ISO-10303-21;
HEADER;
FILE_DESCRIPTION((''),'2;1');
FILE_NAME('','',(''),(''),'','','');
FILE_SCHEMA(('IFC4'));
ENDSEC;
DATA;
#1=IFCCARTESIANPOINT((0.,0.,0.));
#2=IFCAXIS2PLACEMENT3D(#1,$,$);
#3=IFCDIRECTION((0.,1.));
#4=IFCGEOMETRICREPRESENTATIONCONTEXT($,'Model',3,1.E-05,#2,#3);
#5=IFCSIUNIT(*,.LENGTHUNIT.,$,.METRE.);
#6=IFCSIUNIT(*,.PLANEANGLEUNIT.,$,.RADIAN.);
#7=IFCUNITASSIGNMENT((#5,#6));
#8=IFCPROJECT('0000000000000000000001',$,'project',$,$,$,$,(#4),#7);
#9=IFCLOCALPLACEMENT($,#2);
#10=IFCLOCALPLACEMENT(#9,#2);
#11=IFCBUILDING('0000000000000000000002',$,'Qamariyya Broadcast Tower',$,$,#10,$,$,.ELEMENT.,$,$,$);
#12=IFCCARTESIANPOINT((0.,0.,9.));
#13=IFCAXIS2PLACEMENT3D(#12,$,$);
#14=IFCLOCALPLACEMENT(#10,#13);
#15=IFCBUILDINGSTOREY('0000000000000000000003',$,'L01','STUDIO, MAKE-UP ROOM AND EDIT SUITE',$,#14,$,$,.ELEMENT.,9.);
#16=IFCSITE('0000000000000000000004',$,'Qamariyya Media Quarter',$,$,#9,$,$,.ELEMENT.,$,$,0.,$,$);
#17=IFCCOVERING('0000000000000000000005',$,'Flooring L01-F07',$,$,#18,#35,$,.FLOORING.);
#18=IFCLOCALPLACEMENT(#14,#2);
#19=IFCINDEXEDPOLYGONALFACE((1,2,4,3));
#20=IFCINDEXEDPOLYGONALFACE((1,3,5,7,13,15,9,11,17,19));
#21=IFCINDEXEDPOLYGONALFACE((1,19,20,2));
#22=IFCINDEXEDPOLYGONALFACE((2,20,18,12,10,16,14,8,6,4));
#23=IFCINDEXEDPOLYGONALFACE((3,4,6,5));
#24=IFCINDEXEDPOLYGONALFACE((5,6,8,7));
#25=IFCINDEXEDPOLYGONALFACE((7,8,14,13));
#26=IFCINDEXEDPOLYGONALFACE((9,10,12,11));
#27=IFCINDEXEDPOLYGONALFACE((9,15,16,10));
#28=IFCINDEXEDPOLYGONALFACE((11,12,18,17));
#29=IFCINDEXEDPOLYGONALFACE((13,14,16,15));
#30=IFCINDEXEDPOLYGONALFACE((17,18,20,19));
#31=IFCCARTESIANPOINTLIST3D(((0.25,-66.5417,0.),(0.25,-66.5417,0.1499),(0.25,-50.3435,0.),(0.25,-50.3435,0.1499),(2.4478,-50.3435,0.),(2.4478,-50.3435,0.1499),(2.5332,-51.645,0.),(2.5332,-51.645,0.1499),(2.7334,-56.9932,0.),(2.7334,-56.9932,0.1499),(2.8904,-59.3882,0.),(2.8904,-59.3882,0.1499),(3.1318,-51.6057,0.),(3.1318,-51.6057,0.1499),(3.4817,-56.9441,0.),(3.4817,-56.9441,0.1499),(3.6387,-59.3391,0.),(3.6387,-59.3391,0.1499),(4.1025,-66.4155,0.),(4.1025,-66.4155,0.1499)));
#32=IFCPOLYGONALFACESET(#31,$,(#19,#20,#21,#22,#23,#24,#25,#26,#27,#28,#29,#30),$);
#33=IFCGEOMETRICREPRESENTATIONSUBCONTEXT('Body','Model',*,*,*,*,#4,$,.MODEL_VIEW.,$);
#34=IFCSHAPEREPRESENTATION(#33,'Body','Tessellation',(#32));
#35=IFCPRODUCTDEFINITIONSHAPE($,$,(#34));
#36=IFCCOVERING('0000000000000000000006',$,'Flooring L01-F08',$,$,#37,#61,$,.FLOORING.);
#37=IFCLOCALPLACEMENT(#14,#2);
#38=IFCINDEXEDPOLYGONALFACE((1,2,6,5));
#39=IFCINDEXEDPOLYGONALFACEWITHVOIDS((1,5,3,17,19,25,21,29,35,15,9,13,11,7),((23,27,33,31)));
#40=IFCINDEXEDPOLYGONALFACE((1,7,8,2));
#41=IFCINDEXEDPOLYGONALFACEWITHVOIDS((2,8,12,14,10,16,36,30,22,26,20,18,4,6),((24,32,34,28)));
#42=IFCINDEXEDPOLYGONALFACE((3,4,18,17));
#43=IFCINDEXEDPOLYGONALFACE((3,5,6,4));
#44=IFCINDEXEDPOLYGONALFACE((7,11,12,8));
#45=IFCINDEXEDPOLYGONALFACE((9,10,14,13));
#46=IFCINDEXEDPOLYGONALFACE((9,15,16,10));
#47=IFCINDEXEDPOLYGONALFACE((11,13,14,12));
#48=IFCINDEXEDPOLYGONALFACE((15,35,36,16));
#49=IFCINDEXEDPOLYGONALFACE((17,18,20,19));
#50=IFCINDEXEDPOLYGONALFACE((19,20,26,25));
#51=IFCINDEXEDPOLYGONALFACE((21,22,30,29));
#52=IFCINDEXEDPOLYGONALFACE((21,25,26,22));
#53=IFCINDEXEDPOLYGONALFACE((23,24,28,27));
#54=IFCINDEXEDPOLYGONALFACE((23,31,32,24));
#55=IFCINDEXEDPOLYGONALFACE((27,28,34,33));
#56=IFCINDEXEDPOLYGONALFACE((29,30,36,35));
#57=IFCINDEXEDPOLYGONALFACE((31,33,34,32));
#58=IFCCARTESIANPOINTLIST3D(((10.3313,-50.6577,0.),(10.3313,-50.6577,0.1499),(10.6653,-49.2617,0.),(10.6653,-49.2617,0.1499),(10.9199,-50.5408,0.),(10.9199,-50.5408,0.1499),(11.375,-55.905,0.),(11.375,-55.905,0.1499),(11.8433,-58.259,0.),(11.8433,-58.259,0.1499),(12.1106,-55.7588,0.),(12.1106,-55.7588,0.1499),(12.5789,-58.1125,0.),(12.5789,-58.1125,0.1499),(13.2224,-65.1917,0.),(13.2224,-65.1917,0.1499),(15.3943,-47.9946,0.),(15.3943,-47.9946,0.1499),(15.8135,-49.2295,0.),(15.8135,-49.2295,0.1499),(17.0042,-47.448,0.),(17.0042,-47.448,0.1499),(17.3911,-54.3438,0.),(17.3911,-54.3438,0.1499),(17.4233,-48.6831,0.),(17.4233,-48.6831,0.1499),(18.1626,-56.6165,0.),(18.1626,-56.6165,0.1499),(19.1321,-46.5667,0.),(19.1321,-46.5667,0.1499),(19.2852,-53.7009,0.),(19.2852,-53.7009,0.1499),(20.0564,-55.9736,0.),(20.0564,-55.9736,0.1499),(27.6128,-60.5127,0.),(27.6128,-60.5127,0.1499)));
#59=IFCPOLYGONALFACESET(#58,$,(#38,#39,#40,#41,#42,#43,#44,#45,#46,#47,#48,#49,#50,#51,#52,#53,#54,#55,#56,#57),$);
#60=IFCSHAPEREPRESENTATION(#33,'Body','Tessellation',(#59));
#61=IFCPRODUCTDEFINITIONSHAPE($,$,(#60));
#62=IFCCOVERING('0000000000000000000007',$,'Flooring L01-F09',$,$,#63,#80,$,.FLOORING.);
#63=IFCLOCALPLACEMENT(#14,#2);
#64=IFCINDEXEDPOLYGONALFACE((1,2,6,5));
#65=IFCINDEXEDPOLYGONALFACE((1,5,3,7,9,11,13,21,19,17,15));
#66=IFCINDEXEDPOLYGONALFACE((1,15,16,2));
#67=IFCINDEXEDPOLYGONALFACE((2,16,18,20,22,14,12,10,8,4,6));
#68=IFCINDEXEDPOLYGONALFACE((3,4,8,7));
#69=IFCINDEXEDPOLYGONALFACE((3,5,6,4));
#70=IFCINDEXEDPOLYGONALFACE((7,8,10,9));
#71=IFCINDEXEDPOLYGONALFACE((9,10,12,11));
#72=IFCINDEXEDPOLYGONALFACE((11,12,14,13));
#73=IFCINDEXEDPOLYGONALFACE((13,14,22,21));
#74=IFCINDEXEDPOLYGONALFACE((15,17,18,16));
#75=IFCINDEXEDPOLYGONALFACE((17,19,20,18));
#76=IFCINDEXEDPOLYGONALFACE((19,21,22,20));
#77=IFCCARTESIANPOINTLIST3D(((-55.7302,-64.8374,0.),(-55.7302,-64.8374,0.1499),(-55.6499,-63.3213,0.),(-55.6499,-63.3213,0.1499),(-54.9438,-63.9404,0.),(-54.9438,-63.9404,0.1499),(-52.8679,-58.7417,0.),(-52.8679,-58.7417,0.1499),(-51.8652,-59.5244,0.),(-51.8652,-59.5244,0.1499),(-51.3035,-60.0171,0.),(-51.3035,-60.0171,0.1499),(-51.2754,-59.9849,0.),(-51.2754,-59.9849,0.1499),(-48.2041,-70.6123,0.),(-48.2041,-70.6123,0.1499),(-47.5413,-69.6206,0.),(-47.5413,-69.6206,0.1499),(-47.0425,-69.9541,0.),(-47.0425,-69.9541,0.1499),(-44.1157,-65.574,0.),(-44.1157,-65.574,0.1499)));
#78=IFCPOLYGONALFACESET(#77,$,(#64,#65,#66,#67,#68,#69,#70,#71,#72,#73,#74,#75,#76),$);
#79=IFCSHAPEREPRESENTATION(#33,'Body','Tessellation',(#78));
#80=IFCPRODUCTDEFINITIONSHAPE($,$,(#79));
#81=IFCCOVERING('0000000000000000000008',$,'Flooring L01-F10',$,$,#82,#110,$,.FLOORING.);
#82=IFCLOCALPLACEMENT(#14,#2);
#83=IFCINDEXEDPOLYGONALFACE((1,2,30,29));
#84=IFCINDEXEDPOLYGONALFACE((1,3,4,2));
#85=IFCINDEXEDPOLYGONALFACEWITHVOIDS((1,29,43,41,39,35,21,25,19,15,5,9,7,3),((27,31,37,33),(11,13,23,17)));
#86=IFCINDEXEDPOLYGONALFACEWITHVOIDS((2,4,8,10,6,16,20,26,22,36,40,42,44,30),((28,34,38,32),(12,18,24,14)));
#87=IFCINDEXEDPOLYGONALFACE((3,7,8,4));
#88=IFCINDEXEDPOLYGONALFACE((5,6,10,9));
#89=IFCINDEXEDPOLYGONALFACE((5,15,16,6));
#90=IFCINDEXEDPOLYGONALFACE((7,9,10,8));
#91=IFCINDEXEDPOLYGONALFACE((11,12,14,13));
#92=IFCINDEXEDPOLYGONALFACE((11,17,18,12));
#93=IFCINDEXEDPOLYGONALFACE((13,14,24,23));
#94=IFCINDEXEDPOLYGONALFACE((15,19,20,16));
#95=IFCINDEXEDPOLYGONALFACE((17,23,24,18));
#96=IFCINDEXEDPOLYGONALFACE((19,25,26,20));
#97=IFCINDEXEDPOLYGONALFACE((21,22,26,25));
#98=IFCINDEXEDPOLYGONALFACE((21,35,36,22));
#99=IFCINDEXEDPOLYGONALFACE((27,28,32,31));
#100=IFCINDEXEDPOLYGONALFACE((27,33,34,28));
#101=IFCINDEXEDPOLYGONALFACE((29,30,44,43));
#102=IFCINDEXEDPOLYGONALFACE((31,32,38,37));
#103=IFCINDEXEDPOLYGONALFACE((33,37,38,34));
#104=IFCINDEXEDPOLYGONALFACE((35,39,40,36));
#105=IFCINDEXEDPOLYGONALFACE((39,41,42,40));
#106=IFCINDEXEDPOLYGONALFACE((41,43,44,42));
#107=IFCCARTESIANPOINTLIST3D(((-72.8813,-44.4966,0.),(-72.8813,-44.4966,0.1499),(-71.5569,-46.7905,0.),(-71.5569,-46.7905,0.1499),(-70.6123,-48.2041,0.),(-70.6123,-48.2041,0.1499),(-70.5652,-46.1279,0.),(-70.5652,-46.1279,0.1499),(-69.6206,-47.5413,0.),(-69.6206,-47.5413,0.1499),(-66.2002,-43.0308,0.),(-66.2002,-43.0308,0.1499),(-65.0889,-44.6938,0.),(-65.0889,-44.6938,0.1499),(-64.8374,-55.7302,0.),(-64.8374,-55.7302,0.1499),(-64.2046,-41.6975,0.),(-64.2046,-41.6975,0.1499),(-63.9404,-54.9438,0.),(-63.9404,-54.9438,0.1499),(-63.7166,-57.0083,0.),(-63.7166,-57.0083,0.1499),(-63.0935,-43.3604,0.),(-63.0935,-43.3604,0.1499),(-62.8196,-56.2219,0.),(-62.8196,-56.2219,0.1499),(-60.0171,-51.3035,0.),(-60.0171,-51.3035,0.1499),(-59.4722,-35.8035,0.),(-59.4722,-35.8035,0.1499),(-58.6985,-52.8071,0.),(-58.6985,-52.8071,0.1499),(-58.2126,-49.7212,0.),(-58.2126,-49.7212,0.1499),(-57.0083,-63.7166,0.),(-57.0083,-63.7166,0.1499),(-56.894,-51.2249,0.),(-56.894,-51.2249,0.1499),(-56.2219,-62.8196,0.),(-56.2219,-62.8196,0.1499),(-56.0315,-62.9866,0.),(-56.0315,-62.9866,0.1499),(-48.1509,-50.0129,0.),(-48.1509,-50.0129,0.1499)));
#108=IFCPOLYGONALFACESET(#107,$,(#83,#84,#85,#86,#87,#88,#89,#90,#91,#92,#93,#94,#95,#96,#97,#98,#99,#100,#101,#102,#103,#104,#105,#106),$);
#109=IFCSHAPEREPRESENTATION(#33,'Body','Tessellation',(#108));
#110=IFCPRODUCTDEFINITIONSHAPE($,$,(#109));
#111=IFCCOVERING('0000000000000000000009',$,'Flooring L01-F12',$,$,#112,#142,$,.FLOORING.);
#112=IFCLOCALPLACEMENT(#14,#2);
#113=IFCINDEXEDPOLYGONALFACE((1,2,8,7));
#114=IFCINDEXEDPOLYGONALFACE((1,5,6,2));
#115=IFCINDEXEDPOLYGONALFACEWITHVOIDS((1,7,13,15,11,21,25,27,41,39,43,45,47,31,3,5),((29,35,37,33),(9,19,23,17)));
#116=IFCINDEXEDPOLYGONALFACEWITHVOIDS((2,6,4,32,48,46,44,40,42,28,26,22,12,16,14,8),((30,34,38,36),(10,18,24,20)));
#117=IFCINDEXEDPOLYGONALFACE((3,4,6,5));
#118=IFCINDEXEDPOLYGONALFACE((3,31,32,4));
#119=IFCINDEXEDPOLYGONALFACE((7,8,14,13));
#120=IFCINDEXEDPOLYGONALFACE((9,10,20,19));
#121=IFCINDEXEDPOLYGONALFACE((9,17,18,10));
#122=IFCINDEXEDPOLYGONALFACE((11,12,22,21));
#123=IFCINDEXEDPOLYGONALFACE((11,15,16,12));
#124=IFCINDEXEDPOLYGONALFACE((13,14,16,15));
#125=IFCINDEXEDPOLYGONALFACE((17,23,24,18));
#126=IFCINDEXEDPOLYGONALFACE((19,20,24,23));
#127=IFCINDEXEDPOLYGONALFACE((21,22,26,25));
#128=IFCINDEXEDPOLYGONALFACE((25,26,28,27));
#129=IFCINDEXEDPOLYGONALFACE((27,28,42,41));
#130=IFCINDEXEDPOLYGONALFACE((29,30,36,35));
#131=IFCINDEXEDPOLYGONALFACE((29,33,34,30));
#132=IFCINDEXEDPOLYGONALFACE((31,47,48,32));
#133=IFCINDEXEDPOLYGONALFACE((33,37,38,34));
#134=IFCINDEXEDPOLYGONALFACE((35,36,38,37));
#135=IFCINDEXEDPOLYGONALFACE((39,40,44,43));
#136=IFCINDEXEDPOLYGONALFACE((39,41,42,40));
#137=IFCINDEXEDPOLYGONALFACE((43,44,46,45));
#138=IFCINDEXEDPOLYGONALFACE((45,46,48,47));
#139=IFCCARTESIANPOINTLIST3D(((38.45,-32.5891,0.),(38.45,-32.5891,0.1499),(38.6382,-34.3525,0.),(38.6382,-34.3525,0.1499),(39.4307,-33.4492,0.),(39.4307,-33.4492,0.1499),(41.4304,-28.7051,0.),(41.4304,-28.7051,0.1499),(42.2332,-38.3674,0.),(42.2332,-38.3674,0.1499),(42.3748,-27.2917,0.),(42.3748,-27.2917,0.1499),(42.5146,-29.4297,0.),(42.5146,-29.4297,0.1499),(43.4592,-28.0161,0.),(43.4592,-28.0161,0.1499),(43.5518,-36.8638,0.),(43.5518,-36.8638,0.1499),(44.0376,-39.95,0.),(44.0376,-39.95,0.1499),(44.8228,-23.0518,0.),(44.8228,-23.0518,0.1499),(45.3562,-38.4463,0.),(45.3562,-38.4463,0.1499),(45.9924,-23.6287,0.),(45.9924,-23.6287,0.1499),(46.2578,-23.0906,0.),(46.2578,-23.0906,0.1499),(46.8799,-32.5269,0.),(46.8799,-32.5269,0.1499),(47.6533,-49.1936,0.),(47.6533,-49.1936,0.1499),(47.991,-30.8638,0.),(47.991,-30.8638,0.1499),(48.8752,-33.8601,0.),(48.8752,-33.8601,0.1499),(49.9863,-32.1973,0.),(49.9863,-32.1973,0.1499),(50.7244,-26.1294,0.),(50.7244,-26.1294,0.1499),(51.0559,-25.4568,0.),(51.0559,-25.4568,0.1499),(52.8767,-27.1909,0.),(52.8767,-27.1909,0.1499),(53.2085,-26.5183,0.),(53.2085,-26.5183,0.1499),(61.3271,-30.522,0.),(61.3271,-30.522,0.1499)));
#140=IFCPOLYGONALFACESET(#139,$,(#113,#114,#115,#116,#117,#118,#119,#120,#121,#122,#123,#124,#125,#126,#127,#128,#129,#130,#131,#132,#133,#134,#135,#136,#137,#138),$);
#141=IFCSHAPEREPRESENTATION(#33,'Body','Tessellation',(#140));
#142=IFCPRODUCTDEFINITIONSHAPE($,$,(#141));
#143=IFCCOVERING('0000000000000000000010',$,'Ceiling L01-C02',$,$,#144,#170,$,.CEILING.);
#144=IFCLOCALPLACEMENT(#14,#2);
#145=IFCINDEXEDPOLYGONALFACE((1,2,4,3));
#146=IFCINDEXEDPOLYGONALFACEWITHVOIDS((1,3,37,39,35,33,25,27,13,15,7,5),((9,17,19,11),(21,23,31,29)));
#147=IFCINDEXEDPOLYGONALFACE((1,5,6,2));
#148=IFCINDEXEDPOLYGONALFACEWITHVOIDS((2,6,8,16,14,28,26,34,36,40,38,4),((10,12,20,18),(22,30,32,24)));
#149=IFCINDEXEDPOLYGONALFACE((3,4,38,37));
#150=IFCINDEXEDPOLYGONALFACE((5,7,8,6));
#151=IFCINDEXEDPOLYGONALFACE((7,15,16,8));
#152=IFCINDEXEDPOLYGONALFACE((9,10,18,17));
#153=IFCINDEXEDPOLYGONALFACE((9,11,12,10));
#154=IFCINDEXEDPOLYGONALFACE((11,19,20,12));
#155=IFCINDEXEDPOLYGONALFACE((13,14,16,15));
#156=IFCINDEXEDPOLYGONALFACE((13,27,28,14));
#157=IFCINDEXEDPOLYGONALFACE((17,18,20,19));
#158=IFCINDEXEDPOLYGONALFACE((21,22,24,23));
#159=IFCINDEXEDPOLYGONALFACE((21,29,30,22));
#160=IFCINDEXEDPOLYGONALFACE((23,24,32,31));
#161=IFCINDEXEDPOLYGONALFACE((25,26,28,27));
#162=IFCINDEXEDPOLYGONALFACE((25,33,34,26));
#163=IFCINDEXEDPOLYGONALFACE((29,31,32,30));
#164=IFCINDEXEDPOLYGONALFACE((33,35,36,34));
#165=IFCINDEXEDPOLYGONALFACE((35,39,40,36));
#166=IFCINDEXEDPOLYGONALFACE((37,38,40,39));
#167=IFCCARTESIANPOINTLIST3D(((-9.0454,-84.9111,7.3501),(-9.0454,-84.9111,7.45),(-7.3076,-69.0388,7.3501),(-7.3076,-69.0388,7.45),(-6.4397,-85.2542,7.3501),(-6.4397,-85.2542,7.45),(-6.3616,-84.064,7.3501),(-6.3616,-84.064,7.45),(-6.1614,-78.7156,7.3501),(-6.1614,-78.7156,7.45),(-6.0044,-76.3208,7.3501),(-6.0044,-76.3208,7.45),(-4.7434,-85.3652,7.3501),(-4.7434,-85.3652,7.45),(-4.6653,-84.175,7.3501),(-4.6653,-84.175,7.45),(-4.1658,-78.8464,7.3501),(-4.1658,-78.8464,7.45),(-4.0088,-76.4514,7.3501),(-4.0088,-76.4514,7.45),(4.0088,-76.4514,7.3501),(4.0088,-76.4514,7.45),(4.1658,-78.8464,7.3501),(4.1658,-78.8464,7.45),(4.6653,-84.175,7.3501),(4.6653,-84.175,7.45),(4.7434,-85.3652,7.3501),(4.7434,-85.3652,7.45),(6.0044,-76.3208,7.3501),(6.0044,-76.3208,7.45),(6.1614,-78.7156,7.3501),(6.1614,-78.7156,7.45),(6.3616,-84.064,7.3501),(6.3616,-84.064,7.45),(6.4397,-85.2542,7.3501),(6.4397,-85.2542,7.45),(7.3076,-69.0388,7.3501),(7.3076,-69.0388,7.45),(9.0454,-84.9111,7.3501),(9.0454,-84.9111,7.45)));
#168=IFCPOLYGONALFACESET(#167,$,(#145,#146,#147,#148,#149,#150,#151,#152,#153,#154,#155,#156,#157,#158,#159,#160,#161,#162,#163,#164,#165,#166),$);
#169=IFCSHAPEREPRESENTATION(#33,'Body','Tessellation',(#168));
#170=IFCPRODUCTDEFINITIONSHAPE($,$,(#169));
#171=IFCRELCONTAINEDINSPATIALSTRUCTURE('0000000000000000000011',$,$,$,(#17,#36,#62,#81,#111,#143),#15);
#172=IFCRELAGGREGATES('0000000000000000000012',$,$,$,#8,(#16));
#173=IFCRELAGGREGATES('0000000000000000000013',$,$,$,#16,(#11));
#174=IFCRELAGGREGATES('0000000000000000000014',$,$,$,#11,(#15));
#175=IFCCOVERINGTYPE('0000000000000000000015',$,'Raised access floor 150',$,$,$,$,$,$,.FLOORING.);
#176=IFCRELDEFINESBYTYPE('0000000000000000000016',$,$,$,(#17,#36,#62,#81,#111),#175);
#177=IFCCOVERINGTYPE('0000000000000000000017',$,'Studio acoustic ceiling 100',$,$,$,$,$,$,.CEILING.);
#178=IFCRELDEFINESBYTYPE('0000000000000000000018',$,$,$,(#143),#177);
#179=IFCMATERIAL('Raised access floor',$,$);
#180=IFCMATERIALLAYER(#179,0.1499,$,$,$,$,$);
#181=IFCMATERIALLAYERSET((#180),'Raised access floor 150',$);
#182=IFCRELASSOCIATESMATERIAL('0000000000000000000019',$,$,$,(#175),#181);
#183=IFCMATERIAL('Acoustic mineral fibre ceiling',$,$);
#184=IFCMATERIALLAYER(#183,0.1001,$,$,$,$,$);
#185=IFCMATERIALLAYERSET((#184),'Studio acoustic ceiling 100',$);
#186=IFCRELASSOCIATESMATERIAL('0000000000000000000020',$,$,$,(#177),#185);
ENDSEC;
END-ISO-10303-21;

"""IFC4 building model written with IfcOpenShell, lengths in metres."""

from ifc_helpers import new_model, si_unit, direction, frame, origin, place, context, subcontext, project, spatial, polyline, outline, extrude, material, layer, layer_set, type_object, element, save


model = new_model("IFC4")

# Units and contexts
model_context = context("Model", 3, precision=1e-05, world=origin(), true_north=direction((0.0, 1.0)))
body_context = subcontext(model_context, "Body", "Model", "MODEL_VIEW")
ifc_project = project(units=[si_unit("LENGTHUNIT", "METRE"), si_unit("PLANEANGLEUNIT", "RADIAN")], contexts=[model_context])

# Site, building, storey
site_placement = place(None, origin())
site = spatial("IfcSite", under=ifc_project, at=site_placement, Name="Qamariyya Media Quarter", CompositionType="ELEMENT", RefElevation=0.0)
building_placement = place(site_placement, origin())
building = spatial("IfcBuilding", under=site, at=building_placement, Name="Qamariyya Broadcast Tower", CompositionType="ELEMENT")
storey_placement = place(building_placement, frame((0.0, 0.0, 9.0)))
storey = spatial("IfcBuildingStorey", under=building, at=storey_placement, Name="L01", Description="STUDIO, MAKE-UP ROOM AND EDIT SUITE", CompositionType="ELEMENT", Elevation=9.0)

# Coverings
ifc_material_1 = material(Name="Raised access floor")
ifc_layer_1 = layer(ifc_material_1, 0.1499)
ifc_layer_set_1 = layer_set([ifc_layer_1], Name="Raised access floor 150")
covering_type_1 = type_object("IfcCoveringType", Name="Raised access floor 150", PredefinedType="FLOORING", material=ifc_layer_set_1)
covering_1_placement = place(storey_placement, origin())
element("IfcCovering", 1, at=covering_1_placement, inside=storey, type_object=covering_type_1, Name="Flooring L01-F07", PredefinedType="FLOORING", context=body_context, shape_type="SweptSolid", body=[
    extrude(outline(polyline([(0.25, -50.3435), (2.4478, -50.3435), (2.5332, -51.645), (3.1318, -51.6057), (3.4817, -56.9441), (2.7334, -56.9932), (2.8904, -59.3882), (3.6387, -59.3391), (4.1025, -66.4155), (0.25, -66.5417), (0.25, -50.3435)])), origin(), (0.0, 0.0, 1.0), 0.1499),
])
covering_2_placement = place(storey_placement, origin())
element("IfcCovering", 2, at=covering_2_placement, inside=storey, type_object=covering_type_1, Name="Flooring L01-F08", PredefinedType="FLOORING", context=body_context, shape_type="SweptSolid", body=[
    extrude(outline(polyline([(13.2224, -65.1917), (11.8433, -58.259), (12.5789, -58.1125), (12.1106, -55.7588), (11.375, -55.905), (10.3313, -50.6577), (10.9199, -50.5408), (10.6653, -49.2617), (15.3943, -47.9946), (15.8135, -49.2295), (17.4233, -48.6831), (17.0042, -47.448), (19.1321, -46.5667), (27.6128, -60.5127), (13.2224, -65.1917)]), holes=[polyline([(17.3911, -54.3438), (18.1626, -56.6165), (20.0564, -55.9736), (19.2852, -53.7009), (17.3911, -54.3438)])]), origin(), (0.0, 0.0, 1.0), 0.1499),
])
covering_3_placement = place(storey_placement, origin())
element("IfcCovering", 3, at=covering_3_placement, inside=storey, type_object=covering_type_1, Name="Flooring L01-F09", PredefinedType="FLOORING", context=body_context, shape_type="SweptSolid", body=[
    extrude(outline(polyline([(-51.3035, -60.0171), (-51.2754, -59.9849), (-44.1157, -65.574), (-47.0425, -69.9541), (-47.5413, -69.6206), (-48.2041, -70.6123), (-55.7302, -64.8374), (-54.9438, -63.9404), (-55.6499, -63.3213), (-52.8679, -58.7417), (-51.8652, -59.5244), (-51.3035, -60.0171)])), origin(), (0.0, 0.0, 1.0), 0.1499),
])
covering_4_placement = place(storey_placement, origin())
element("IfcCovering", 4, at=covering_4_placement, inside=storey, type_object=covering_type_1, Name="Flooring L01-F10", PredefinedType="FLOORING", context=body_context, shape_type="SweptSolid", body=[
    extrude(outline(polyline([(-56.0315, -62.9866), (-56.2219, -62.8196), (-57.0083, -63.7166), (-63.7166, -57.0083), (-62.8196, -56.2219), (-63.9404, -54.9438), (-64.8374, -55.7302), (-70.6123, -48.2041), (-69.6206, -47.5413), (-70.5652, -46.1279), (-71.5569, -46.7905), (-72.8813, -44.4966), (-59.4722, -35.8035), (-48.1509, -50.0129), (-56.0315, -62.9866)]), holes=[polyline([(-58.2126, -49.7212), (-60.0171, -51.3035), (-58.6985, -52.8071), (-56.894, -51.2249), (-58.2126, -49.7212)]), polyline([(-66.2002, -43.0308), (-65.0889, -44.6938), (-63.0935, -43.3604), (-64.2046, -41.6975), (-66.2002, -43.0308)])]), origin(), (0.0, 0.0, 1.0), 0.1499),
])
covering_5_placement = place(storey_placement, origin())
element("IfcCovering", 5, at=covering_5_placement, inside=storey, type_object=covering_type_1, Name="Flooring L01-F12", PredefinedType="FLOORING", context=body_context, shape_type="SweptSolid", body=[
    extrude(outline(polyline([(38.6382, -34.3525), (39.4307, -33.4492), (38.45, -32.5891), (41.4304, -28.7051), (42.5146, -29.4297), (43.4592, -28.0161), (42.3748, -27.2917), (44.8228, -23.0518), (45.9924, -23.6287), (46.2578, -23.0906), (51.0559, -25.4568), (50.7244, -26.1294), (52.8767, -27.1909), (53.2085, -26.5183), (61.3271, -30.522), (47.6533, -49.1936), (38.6382, -34.3525)]), holes=[polyline([(48.8752, -33.8601), (49.9863, -32.1973), (47.991, -30.8638), (46.8799, -32.5269), (48.8752, -33.8601)]), polyline([(44.0376, -39.95), (45.3562, -38.4463), (43.5518, -36.8638), (42.2332, -38.3674), (44.0376, -39.95)])]), origin(), (0.0, 0.0, 1.0), 0.1499),
])
ifc_material_2 = material(Name="Acoustic mineral fibre ceiling")
ifc_layer_2 = layer(ifc_material_2, 0.1001)
ifc_layer_set_2 = layer_set([ifc_layer_2], Name="Studio acoustic ceiling 100")
covering_type_2 = type_object("IfcCoveringType", Name="Studio acoustic ceiling 100", PredefinedType="CEILING", material=ifc_layer_set_2)
covering_6_placement = place(storey_placement, frame((0.0, 0.0, 7.3501)))
element("IfcCovering", 6, at=covering_6_placement, inside=storey, type_object=covering_type_2, Name="Ceiling L01-C02", PredefinedType="CEILING", context=body_context, shape_type="SweptSolid", body=[
    extrude(outline(polyline([(9.0454, -84.9111), (6.4397, -85.2542), (6.3616, -84.064), (4.6653, -84.175), (4.7434, -85.3652), (-4.7434, -85.3652), (-4.6653, -84.175), (-6.3616, -84.064), (-6.4397, -85.2542), (-9.0454, -84.9111), (-7.3076, -69.0388), (7.3076, -69.0388), (9.0454, -84.9111)]), holes=[polyline([(4.1658, -78.8464), (6.1614, -78.7156), (6.0044, -76.3208), (4.0088, -76.4514), (4.1658, -78.8464)]), polyline([(-6.0044, -76.3208), (-6.1614, -78.7156), (-4.1658, -78.8464), (-4.0088, -76.4514), (-6.0044, -76.3208)])]), origin(), (0.0, 0.0, 1.0), 0.0999),
])

save(model, "model.ifc")
